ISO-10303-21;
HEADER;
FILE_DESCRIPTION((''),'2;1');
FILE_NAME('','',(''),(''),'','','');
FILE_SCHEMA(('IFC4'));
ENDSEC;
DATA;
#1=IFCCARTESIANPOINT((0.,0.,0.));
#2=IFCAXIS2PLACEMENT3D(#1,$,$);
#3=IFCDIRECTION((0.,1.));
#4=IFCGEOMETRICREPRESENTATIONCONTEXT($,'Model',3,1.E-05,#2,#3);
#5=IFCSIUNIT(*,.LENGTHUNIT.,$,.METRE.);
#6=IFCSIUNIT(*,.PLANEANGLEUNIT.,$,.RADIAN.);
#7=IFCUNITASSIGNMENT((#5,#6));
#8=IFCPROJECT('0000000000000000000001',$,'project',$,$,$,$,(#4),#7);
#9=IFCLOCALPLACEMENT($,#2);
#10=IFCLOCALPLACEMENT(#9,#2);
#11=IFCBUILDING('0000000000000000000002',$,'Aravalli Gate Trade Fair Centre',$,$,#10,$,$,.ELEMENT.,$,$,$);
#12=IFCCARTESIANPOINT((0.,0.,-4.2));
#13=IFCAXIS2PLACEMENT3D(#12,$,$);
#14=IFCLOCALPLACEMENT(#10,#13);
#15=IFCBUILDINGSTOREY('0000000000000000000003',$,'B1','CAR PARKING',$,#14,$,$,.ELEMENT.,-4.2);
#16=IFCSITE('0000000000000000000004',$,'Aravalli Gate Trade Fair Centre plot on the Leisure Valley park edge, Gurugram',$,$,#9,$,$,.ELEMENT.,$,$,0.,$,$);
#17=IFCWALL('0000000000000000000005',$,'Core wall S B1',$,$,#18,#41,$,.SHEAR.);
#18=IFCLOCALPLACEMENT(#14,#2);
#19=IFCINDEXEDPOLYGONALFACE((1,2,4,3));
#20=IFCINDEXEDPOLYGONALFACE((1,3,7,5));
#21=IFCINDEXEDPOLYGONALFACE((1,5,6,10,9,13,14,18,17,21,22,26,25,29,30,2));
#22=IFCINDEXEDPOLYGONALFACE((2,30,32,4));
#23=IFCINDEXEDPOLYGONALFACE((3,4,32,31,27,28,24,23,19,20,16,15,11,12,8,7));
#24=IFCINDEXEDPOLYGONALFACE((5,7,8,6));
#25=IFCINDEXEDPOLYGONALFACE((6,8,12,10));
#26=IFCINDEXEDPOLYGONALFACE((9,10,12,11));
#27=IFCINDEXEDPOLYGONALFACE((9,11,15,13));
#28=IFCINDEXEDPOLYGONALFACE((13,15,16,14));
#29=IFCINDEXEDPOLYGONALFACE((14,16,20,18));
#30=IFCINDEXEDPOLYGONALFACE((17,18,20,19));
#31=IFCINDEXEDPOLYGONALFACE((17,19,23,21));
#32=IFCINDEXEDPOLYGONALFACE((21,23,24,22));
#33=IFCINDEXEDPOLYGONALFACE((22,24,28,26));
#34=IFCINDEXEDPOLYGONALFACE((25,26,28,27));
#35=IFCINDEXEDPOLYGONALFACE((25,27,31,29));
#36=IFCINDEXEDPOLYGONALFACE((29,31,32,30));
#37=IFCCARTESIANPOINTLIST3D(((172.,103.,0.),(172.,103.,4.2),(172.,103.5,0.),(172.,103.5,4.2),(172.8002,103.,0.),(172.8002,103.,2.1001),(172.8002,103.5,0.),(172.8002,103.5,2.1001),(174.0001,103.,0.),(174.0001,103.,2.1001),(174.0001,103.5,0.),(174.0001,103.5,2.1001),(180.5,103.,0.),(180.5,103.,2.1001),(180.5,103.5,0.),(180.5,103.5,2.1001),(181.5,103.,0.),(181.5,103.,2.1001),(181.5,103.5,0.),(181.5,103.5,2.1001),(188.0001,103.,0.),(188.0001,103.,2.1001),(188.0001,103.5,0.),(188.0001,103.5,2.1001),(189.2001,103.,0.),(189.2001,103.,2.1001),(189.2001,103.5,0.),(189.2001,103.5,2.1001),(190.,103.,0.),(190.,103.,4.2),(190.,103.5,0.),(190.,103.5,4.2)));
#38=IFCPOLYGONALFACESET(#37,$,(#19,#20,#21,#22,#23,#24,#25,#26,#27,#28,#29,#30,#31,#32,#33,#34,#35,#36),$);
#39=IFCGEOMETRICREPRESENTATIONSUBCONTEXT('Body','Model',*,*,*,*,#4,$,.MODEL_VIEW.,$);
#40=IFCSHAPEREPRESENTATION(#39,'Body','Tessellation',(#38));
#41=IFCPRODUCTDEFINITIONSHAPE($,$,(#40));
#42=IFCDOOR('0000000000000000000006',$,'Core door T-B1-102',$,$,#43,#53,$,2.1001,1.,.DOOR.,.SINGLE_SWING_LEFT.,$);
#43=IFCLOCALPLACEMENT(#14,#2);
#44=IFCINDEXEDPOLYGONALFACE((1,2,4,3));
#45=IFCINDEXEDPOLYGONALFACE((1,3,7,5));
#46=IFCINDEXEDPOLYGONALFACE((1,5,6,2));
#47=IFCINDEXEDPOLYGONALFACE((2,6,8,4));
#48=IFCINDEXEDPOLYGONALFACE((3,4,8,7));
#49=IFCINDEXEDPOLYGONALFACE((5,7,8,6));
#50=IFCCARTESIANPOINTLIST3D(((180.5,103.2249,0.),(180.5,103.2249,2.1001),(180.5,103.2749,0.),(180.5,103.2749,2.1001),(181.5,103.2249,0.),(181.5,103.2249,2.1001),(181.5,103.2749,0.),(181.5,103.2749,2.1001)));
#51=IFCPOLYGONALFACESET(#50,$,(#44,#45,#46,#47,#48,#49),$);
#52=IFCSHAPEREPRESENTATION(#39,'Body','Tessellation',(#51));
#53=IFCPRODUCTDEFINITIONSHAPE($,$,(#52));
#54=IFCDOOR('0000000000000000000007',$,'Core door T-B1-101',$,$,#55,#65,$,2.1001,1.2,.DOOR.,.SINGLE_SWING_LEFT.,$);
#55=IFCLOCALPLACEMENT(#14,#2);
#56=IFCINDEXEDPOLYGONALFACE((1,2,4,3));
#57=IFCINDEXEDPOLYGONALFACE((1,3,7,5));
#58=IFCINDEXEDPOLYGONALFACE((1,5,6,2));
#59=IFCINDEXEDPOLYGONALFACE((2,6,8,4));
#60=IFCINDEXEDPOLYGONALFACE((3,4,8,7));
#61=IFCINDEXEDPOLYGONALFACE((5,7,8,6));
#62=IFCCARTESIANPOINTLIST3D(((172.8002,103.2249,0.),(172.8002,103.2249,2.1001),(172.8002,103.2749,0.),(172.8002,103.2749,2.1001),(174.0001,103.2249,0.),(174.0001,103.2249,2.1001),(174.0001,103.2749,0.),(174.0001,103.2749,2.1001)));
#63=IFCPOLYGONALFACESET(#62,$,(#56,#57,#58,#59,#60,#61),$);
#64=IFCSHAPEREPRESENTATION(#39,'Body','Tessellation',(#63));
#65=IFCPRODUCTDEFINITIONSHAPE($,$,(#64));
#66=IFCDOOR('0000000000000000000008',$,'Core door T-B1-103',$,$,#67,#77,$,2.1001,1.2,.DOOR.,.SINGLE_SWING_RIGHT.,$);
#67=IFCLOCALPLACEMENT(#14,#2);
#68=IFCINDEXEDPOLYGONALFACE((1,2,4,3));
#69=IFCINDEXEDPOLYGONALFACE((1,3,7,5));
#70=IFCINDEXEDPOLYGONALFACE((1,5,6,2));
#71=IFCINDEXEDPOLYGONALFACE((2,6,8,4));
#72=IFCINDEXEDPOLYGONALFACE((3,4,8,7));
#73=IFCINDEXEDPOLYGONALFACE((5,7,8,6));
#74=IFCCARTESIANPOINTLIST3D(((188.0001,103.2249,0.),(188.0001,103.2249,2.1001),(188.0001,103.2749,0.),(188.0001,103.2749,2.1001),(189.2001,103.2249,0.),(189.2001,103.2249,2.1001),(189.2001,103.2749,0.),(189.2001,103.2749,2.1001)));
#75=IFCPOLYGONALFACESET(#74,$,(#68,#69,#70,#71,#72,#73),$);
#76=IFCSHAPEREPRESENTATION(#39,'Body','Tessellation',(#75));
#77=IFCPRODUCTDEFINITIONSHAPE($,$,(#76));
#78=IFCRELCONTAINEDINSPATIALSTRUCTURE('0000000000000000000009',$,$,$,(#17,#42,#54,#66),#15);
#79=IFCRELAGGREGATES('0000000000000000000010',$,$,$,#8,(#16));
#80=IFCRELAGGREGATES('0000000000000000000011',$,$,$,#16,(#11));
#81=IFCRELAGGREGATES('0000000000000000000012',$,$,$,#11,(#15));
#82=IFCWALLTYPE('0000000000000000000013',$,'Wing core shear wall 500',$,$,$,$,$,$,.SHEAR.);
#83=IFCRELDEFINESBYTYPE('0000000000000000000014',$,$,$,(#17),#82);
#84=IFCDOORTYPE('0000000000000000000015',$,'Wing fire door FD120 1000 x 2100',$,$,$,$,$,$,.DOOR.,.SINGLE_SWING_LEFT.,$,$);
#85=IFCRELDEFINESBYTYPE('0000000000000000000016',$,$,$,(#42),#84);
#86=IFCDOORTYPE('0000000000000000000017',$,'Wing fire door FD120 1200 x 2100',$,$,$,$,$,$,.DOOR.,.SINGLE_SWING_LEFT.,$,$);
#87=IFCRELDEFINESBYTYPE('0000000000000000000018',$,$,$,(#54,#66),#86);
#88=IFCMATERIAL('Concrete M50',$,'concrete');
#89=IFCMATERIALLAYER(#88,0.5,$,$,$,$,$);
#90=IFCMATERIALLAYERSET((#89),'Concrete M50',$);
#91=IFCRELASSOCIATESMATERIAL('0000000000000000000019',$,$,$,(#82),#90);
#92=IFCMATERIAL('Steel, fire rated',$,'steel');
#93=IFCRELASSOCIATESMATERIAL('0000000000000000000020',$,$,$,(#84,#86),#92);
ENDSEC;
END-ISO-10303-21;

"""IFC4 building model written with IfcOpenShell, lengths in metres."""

from ifc_helpers import new_model, si_unit, direction, frame, frame_2d, origin, place, context, subcontext, project, spatial, rectangle, extrude, material, layer, layer_set, type_object, element, fill, save


model = new_model("IFC4")

# Units and contexts
model_context = context("Model", 3, precision=1e-05, world=origin(), true_north=direction((0.0, 1.0)))
body_context = subcontext(model_context, "Body", "Model", "MODEL_VIEW")
ifc_project = project(units=[si_unit("LENGTHUNIT", "METRE"), si_unit("PLANEANGLEUNIT", "RADIAN")], contexts=[model_context])

# Site, building, storey
site_placement = place(None, origin())
site = spatial("IfcSite", under=ifc_project, at=site_placement, Name="Aravalli Gate Trade Fair Centre plot on the Leisure Valley park edge, Gurugram", CompositionType="ELEMENT", RefElevation=0.0)
building_placement = place(site_placement, origin())
building = spatial("IfcBuilding", under=site, at=building_placement, Name="Aravalli Gate Trade Fair Centre", CompositionType="ELEMENT")
storey_placement = place(building_placement, frame((0.0, 0.0, -4.2)))
storey = spatial("IfcBuildingStorey", under=building, at=storey_placement, Name="B1", Description="CAR PARKING", CompositionType="ELEMENT", Elevation=-4.2)

# Shared definitions
ifc_material_1 = material(Name="Concrete M50", Category="concrete")

# Wall, openings, doors
ifc_layer_1 = layer(ifc_material_1, 0.5)
ifc_layer_set_1 = layer_set([ifc_layer_1], Name="Concrete M50")
wall_type_1 = type_object("IfcWallType", Name="Wing core shear wall 500", PredefinedType="SHEAR", material=ifc_layer_set_1)
wall_placement = place(storey_placement, frame((172.0, 103.25, 0.0), z_axis=(0.0, 0.0, 1.0), x_axis=(1.0, 0.0, 0.0)))
wall = element("IfcWall", 1, at=wall_placement, inside=storey, type_object=wall_type_1, Name="Core wall S B1", PredefinedType="SHEAR", context=body_context, shape_type="SweptSolid", body=[
    extrude(rectangle(XDim=18.0, YDim=0.5, at=frame_2d((9.0, 0.0))), origin(), (0.0, 0.0, 1.0), 4.2),
])
opening_1_placement = place(wall_placement, frame((8.5, 0.0, 0.0)))
opening_1 = element("IfcOpeningElement", 2, at=opening_1_placement, cuts=wall, PredefinedType="OPENING", context=body_context, shape_type="SweptSolid", body=[
    extrude(rectangle(XDim=1.0, YDim=2.1001, at=frame_2d((0.5, 1.05))), frame((0.0, 0.26, 0.0), z_axis=(0.0, -1.0, 0.0), x_axis=(1.0, 0.0, 0.0)), (0.0, 0.0, 1.0), 0.52),
])
opening_2_placement = place(wall_placement, frame((0.8, 0.0, 0.0)))
opening_2 = element("IfcOpeningElement", 3, at=opening_2_placement, cuts=wall, PredefinedType="OPENING", context=body_context, shape_type="SweptSolid", body=[
    extrude(rectangle(XDim=1.2, YDim=2.1001, at=frame_2d((0.6001, 1.05))), frame((0.0, 0.26, 0.0), z_axis=(0.0, -1.0, 0.0), x_axis=(1.0, 0.0, 0.0)), (0.0, 0.0, 1.0), 0.52),
])
opening_3_placement = place(wall_placement, frame((16.0, 0.0, 0.0)))
opening_3 = element("IfcOpeningElement", 4, at=opening_3_placement, cuts=wall, PredefinedType="OPENING", context=body_context, shape_type="SweptSolid", body=[
    extrude(rectangle(XDim=1.2, YDim=2.1001, at=frame_2d((0.6001, 1.05))), frame((0.0, 0.26, 0.0), z_axis=(0.0, -1.0, 0.0), x_axis=(1.0, 0.0, 0.0)), (0.0, 0.0, 1.0), 0.52),
])
ifc_material_2 = material(Name="Steel, fire rated", Category="steel")
door_type_1 = type_object("IfcDoorType", Name="Wing fire door FD120 1000 x 2100", OperationType="SINGLE_SWING_LEFT", PredefinedType="DOOR", material=ifc_material_2)
door_1_placement = place(opening_1_placement, origin())
door_1 = element("IfcDoor", 5, at=door_1_placement, inside=storey, type_object=door_type_1, Name="Core door T-B1-102", OperationType="SINGLE_SWING_LEFT", OverallHeight=2.1001, OverallWidth=1.0, PredefinedType="DOOR", context=body_context, shape_type="SweptSolid", body=[
    extrude(rectangle(XDim=1.0, YDim=2.1001, at=frame_2d((0.5, 1.05))), frame((0.0, 0.0249, 0.0), z_axis=(0.0, -1.0, 0.0), x_axis=(1.0, 0.0, 0.0)), (0.0, 0.0, 1.0), 0.05),
])
fill(opening_1, door_1)
door_type_2 = type_object("IfcDoorType", Name="Wing fire door FD120 1200 x 2100", OperationType="SINGLE_SWING_LEFT", PredefinedType="DOOR", material=ifc_material_2)
door_2_placement = place(opening_2_placement, origin())
door_2 = element("IfcDoor", 6, at=door_2_placement, inside=storey, type_object=door_type_2, Name="Core door T-B1-101", OperationType="SINGLE_SWING_LEFT", OverallHeight=2.1001, OverallWidth=1.2, PredefinedType="DOOR", context=body_context, shape_type="SweptSolid", body=[
    extrude(rectangle(XDim=1.2, YDim=2.1001, at=frame_2d((0.6001, 1.05))), frame((0.0, 0.0249, 0.0), z_axis=(0.0, -1.0, 0.0), x_axis=(1.0, 0.0, 0.0)), (0.0, 0.0, 1.0), 0.05),
])
fill(opening_2, door_2)
door_3_placement = place(opening_3_placement, origin())
door_3 = element("IfcDoor", 7, at=door_3_placement, inside=storey, type_object=door_type_2, Name="Core door T-B1-103", OperationType="SINGLE_SWING_RIGHT", OverallHeight=2.1001, OverallWidth=1.2, PredefinedType="DOOR", context=body_context, shape_type="SweptSolid", body=[
    extrude(rectangle(XDim=1.2, YDim=2.1001, at=frame_2d((0.6001, 1.05))), frame((0.0, 0.0249, 0.0), z_axis=(0.0, -1.0, 0.0), x_axis=(1.0, 0.0, 0.0)), (0.0, 0.0, 1.0), 0.05),
])
fill(opening_3, door_3)

save(model, "model.ifc")
